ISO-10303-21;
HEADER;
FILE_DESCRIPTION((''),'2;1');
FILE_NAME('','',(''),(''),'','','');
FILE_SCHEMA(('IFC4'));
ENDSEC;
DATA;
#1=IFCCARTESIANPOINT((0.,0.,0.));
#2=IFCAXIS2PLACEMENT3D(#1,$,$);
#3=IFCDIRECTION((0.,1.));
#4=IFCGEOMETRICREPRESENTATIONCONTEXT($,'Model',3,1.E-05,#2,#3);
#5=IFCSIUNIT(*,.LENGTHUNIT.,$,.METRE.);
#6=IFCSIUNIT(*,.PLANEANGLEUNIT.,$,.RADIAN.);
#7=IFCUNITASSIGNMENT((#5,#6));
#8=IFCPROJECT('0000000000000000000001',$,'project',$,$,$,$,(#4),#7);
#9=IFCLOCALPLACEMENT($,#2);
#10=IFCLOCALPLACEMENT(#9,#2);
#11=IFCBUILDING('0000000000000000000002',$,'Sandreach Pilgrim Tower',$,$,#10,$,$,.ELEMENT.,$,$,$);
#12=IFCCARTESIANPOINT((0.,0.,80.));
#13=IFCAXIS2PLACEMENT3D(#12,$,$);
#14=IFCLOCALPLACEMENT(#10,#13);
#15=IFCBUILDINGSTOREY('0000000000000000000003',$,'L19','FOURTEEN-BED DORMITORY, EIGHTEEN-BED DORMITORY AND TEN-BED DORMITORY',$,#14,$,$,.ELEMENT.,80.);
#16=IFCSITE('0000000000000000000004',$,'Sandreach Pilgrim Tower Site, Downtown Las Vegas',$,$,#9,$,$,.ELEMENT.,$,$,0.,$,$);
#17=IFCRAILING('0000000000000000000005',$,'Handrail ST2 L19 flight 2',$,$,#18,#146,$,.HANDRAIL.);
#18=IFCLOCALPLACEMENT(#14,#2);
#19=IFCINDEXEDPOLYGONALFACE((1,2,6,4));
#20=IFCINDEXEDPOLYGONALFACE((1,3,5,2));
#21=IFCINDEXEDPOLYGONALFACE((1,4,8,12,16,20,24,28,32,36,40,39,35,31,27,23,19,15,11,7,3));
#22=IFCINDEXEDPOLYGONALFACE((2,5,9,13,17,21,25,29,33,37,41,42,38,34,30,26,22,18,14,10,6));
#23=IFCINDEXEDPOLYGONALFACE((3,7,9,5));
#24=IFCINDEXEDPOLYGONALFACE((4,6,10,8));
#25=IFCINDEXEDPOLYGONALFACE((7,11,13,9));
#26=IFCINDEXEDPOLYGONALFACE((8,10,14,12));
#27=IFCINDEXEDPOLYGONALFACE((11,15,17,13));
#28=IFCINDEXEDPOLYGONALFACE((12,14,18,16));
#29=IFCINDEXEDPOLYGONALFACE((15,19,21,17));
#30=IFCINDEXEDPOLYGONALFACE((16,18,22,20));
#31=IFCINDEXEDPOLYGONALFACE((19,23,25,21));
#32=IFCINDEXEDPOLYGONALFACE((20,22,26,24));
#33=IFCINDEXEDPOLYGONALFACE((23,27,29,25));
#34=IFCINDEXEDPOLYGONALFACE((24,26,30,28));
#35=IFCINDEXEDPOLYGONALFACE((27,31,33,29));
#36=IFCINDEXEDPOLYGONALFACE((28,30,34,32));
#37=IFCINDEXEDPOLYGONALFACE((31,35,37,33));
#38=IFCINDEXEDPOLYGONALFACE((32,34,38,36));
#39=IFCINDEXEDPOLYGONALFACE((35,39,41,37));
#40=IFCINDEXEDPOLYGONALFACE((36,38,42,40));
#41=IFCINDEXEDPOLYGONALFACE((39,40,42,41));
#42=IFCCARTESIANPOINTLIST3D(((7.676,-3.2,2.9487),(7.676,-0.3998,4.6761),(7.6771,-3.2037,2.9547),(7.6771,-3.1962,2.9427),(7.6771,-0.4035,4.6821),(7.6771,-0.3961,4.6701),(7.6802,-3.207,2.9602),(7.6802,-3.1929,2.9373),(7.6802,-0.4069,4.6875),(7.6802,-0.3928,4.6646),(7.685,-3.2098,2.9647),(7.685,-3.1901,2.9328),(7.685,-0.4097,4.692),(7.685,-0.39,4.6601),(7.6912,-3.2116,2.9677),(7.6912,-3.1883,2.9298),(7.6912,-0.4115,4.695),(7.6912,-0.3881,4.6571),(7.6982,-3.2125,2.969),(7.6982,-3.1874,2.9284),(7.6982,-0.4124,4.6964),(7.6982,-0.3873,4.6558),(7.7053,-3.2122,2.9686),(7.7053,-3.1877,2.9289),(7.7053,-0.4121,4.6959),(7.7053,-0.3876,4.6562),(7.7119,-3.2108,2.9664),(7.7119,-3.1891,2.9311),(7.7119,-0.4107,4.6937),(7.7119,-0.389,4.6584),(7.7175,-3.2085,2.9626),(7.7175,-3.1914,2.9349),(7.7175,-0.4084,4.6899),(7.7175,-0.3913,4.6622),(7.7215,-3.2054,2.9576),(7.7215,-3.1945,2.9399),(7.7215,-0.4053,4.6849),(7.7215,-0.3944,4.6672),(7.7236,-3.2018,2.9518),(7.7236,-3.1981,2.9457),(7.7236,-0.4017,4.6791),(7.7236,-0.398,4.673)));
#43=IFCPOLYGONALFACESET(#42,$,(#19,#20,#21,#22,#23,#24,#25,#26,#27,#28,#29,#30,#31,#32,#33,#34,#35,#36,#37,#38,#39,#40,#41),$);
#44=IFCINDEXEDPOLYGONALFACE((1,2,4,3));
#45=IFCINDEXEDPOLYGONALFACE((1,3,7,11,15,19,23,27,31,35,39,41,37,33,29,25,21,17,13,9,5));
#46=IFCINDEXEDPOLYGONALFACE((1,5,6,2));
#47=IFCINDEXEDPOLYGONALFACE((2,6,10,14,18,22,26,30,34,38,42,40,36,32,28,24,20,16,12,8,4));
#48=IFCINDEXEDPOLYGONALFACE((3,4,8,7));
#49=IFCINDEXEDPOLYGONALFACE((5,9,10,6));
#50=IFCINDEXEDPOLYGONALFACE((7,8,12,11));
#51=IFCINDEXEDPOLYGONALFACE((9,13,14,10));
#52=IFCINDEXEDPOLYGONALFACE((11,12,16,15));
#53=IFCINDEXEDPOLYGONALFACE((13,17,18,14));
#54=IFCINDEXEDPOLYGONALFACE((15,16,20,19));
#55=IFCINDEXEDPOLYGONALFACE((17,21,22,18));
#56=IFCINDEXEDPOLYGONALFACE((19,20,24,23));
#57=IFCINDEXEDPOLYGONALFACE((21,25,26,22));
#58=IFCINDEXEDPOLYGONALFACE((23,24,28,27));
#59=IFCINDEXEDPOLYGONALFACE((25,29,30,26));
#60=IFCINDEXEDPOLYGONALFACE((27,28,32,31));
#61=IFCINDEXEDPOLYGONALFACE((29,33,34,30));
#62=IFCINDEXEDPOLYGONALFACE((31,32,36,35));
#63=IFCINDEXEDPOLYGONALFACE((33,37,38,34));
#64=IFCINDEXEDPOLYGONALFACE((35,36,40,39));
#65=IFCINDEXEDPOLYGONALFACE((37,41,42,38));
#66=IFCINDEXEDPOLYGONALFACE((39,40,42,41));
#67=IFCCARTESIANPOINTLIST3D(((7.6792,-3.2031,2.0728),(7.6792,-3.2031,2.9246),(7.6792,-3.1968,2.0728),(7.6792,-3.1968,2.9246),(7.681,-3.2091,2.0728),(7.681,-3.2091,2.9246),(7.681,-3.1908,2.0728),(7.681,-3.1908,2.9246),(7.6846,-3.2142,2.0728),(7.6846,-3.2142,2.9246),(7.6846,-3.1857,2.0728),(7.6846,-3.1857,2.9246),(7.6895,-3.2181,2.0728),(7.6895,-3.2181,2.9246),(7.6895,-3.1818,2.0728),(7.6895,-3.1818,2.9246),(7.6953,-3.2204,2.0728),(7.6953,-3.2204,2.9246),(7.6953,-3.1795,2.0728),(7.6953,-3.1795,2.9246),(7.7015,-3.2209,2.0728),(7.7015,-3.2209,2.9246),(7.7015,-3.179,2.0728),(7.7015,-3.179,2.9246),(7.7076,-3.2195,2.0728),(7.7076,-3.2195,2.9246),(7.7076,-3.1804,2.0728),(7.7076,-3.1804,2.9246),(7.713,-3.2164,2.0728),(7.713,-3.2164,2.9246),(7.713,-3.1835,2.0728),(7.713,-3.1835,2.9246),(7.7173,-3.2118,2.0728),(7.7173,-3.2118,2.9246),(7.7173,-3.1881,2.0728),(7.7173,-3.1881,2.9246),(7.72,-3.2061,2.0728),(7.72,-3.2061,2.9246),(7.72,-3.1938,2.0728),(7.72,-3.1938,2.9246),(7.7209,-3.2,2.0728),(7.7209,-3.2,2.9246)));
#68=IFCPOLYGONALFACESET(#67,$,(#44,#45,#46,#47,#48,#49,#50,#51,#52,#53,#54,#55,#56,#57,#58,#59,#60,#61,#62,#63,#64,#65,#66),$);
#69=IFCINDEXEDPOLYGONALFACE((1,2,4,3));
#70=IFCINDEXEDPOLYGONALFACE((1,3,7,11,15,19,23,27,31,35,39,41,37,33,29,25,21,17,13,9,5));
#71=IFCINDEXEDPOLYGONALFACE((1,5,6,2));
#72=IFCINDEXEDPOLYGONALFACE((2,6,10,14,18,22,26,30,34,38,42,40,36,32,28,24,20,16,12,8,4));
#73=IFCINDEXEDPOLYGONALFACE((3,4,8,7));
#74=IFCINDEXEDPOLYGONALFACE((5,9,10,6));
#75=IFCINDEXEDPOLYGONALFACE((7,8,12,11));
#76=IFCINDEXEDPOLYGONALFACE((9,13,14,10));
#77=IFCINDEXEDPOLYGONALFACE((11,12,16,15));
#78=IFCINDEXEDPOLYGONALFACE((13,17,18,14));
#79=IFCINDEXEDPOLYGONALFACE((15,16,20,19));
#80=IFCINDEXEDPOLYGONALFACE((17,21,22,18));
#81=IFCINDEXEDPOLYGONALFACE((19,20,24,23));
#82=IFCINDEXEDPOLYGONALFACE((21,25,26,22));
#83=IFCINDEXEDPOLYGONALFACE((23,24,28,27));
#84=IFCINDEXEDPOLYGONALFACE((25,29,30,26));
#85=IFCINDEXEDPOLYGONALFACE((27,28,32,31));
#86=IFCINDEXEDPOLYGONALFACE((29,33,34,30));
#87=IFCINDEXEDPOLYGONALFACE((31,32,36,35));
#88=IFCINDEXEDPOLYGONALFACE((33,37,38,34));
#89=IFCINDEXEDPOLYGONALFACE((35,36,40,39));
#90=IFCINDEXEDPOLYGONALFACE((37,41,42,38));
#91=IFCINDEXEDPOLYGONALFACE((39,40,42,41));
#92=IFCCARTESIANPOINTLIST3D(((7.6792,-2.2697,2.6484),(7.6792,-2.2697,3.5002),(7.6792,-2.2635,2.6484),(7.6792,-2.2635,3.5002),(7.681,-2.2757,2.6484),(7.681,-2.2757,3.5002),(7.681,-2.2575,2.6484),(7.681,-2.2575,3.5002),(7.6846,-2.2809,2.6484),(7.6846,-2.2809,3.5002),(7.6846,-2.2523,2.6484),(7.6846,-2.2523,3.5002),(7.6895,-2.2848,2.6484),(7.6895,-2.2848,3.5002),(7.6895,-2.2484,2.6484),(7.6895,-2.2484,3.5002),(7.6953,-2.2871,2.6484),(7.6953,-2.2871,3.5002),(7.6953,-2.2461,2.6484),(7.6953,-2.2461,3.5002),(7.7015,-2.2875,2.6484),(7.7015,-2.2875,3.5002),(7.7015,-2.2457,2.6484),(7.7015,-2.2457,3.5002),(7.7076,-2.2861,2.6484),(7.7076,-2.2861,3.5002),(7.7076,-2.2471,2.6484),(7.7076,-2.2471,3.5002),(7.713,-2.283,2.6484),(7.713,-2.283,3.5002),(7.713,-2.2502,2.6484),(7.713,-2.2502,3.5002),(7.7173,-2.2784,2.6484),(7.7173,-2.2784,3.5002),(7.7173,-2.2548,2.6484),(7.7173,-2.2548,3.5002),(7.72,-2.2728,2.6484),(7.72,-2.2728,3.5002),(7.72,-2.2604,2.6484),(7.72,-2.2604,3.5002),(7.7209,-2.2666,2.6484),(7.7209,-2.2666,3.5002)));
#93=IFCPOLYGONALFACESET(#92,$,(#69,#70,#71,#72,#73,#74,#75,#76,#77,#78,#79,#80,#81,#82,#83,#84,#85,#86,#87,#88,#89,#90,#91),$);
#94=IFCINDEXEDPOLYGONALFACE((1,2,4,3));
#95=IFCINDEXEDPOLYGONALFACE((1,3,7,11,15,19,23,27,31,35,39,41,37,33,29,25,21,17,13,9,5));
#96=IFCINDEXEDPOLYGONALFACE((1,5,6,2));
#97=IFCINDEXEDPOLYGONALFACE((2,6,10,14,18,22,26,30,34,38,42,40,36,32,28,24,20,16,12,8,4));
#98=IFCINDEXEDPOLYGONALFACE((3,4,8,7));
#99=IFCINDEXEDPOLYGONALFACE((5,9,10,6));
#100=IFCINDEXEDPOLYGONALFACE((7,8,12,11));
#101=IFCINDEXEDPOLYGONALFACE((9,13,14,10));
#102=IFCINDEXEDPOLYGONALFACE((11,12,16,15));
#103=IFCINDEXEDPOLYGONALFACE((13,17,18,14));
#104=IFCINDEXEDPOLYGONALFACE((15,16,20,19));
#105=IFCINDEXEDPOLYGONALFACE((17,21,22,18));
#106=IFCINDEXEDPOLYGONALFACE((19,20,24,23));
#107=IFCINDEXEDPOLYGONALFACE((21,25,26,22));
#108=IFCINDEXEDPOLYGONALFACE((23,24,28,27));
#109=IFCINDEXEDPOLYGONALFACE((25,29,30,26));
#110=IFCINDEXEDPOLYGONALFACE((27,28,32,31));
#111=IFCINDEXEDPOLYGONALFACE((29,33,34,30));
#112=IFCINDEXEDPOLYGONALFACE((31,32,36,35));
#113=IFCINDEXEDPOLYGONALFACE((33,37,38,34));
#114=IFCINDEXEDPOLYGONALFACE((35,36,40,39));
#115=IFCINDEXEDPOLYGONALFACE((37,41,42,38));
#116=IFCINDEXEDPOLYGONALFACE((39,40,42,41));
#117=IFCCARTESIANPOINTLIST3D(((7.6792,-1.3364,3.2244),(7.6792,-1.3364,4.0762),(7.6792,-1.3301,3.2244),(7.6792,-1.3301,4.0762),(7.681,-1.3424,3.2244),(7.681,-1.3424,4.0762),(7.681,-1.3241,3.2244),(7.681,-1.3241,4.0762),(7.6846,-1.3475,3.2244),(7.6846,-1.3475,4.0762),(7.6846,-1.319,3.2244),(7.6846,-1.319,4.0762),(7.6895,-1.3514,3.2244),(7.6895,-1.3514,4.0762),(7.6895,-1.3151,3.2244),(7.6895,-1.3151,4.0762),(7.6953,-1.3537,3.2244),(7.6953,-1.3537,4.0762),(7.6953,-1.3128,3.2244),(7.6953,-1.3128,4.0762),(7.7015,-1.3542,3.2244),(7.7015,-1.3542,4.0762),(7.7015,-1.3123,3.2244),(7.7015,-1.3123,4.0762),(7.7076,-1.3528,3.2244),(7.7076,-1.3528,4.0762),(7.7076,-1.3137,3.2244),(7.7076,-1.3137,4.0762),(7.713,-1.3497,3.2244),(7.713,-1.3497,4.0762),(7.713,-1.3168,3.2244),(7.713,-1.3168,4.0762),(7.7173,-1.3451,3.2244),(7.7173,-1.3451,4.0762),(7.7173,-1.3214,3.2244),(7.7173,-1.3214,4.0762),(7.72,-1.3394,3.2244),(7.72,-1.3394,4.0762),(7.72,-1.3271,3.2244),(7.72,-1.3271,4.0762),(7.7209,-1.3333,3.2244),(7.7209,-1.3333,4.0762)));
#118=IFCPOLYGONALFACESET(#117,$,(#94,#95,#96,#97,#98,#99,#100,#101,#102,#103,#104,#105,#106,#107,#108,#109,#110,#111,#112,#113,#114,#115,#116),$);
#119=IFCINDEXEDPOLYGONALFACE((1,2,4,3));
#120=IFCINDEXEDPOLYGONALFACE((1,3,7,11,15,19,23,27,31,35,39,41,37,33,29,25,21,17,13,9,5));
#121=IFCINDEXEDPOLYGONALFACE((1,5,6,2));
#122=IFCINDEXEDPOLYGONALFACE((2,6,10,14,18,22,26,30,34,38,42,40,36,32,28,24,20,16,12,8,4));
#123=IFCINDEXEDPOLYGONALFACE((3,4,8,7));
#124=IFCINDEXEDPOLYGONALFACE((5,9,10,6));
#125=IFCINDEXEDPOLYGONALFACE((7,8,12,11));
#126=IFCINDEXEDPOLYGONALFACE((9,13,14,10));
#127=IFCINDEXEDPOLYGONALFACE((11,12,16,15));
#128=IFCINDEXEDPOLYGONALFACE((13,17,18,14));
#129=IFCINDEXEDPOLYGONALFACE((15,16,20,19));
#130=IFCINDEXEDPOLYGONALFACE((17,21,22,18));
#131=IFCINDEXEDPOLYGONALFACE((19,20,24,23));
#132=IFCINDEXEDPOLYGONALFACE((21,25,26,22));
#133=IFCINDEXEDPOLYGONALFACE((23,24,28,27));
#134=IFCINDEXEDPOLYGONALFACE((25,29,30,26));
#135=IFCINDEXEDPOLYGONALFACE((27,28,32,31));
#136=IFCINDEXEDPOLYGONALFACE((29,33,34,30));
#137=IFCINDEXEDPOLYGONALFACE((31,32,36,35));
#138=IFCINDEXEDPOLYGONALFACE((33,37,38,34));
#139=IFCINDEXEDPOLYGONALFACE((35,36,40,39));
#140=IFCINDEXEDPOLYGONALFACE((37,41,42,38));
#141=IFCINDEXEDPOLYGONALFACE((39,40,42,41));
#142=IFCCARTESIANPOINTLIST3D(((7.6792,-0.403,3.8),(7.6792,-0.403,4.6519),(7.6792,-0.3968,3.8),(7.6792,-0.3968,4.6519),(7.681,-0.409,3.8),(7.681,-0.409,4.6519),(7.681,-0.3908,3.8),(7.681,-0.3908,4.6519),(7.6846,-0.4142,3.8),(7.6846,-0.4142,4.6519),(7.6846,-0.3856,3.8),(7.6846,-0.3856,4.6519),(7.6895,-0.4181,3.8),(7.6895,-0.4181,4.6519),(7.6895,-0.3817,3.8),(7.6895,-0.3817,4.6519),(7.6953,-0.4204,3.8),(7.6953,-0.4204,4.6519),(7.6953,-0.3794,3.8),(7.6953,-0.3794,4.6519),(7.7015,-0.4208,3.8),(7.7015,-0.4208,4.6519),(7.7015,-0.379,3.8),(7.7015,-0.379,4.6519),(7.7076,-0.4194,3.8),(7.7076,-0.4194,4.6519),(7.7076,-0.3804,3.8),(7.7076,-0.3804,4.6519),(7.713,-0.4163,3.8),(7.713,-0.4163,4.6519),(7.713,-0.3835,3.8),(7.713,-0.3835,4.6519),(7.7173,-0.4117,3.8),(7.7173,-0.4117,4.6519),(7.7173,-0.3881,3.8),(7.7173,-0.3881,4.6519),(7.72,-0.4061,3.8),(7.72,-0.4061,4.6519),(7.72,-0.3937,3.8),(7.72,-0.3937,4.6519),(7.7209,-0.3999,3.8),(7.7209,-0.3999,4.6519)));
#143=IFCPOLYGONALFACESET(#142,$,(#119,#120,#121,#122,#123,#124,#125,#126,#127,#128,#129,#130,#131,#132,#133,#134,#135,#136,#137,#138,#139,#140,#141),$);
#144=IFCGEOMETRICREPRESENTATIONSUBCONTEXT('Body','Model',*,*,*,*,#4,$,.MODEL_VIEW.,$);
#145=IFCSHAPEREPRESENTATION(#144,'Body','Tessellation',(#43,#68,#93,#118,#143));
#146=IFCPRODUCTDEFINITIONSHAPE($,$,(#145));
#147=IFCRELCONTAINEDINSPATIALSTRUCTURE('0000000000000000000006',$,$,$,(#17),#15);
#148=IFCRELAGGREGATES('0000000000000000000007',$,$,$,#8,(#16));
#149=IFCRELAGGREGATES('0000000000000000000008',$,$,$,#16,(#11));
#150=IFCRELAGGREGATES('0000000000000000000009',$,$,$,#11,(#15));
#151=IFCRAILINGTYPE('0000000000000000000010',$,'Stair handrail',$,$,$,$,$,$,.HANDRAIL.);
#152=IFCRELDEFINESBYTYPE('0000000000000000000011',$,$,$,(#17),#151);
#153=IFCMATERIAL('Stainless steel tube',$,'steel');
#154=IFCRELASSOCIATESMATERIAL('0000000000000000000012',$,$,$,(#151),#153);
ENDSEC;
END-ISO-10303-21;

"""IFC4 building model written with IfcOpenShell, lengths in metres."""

from ifc_helpers import new_model, si_unit, direction, frame, origin, origin_2d, place, context, subcontext, project, spatial, circle, extrude, material, type_object, element, save


model = new_model("IFC4")

# Units and contexts
model_context = context("Model", 3, precision=1e-05, world=origin(), true_north=direction((0.0, 1.0)))
body_context = subcontext(model_context, "Body", "Model", "MODEL_VIEW")
ifc_project = project(units=[si_unit("LENGTHUNIT", "METRE"), si_unit("PLANEANGLEUNIT", "RADIAN")], contexts=[model_context])

# Site, building, storey
site_placement = place(None, origin())
site = spatial("IfcSite", under=ifc_project, at=site_placement, Name="Sandreach Pilgrim Tower Site, Downtown Las Vegas", CompositionType="ELEMENT", RefElevation=0.0)
building_placement = place(site_placement, origin())
building = spatial("IfcBuilding", under=site, at=building_placement, Name="Sandreach Pilgrim Tower", CompositionType="ELEMENT")
storey_placement = place(building_placement, frame((0.0, 0.0, 80.0)))
storey = spatial("IfcBuildingStorey", under=building, at=storey_placement, Name="L19", Description="FOURTEEN-BED DORMITORY, EIGHTEEN-BED DORMITORY AND TEN-BED DORMITORY", CompositionType="ELEMENT", Elevation=80.0)

# Railing
ifc_material_1 = material(Name="Stainless steel tube", Category="steel")
railing_type = type_object("IfcRailingType", Name="Stair handrail", PredefinedType="HANDRAIL", material=ifc_material_1)
for number, where, name in (
    (1, (7.7, -3.2, 2.0728), "Handrail ST2 L19 flight 2"),
):
    element("IfcRailing", number, at=place(storey_placement, frame(where)), inside=storey, type_object=railing_type, Name=name, PredefinedType="HANDRAIL", context=body_context, shape_type="SweptSolid", body=[
        extrude(circle(Radius=0.0239, at=origin_2d()), frame((0.0, 0.0, 0.876), z_axis=(0.0, 0.85109, 0.52502), x_axis=(-1.0, 0.0, 0.0)), (0.0, 0.0, 1.0), 3.29),
        extrude(circle(Radius=0.021, at=origin_2d()), origin(), (0.0, 0.0, 1.0), 0.8518),
        extrude(circle(Radius=0.021, at=origin_2d()), frame((0.0, 0.9333, 0.5757)), (0.0, 0.0, 1.0), 0.8518),
        extrude(circle(Radius=0.021, at=origin_2d()), frame((0.0, 1.8667, 1.1516)), (0.0, 0.0, 1.0), 0.8518),
        extrude(circle(Radius=0.021, at=origin_2d()), frame((0.0, 2.8, 1.7273)), (0.0, 0.0, 1.0), 0.8518),
    ])

save(model, "model.ifc")
